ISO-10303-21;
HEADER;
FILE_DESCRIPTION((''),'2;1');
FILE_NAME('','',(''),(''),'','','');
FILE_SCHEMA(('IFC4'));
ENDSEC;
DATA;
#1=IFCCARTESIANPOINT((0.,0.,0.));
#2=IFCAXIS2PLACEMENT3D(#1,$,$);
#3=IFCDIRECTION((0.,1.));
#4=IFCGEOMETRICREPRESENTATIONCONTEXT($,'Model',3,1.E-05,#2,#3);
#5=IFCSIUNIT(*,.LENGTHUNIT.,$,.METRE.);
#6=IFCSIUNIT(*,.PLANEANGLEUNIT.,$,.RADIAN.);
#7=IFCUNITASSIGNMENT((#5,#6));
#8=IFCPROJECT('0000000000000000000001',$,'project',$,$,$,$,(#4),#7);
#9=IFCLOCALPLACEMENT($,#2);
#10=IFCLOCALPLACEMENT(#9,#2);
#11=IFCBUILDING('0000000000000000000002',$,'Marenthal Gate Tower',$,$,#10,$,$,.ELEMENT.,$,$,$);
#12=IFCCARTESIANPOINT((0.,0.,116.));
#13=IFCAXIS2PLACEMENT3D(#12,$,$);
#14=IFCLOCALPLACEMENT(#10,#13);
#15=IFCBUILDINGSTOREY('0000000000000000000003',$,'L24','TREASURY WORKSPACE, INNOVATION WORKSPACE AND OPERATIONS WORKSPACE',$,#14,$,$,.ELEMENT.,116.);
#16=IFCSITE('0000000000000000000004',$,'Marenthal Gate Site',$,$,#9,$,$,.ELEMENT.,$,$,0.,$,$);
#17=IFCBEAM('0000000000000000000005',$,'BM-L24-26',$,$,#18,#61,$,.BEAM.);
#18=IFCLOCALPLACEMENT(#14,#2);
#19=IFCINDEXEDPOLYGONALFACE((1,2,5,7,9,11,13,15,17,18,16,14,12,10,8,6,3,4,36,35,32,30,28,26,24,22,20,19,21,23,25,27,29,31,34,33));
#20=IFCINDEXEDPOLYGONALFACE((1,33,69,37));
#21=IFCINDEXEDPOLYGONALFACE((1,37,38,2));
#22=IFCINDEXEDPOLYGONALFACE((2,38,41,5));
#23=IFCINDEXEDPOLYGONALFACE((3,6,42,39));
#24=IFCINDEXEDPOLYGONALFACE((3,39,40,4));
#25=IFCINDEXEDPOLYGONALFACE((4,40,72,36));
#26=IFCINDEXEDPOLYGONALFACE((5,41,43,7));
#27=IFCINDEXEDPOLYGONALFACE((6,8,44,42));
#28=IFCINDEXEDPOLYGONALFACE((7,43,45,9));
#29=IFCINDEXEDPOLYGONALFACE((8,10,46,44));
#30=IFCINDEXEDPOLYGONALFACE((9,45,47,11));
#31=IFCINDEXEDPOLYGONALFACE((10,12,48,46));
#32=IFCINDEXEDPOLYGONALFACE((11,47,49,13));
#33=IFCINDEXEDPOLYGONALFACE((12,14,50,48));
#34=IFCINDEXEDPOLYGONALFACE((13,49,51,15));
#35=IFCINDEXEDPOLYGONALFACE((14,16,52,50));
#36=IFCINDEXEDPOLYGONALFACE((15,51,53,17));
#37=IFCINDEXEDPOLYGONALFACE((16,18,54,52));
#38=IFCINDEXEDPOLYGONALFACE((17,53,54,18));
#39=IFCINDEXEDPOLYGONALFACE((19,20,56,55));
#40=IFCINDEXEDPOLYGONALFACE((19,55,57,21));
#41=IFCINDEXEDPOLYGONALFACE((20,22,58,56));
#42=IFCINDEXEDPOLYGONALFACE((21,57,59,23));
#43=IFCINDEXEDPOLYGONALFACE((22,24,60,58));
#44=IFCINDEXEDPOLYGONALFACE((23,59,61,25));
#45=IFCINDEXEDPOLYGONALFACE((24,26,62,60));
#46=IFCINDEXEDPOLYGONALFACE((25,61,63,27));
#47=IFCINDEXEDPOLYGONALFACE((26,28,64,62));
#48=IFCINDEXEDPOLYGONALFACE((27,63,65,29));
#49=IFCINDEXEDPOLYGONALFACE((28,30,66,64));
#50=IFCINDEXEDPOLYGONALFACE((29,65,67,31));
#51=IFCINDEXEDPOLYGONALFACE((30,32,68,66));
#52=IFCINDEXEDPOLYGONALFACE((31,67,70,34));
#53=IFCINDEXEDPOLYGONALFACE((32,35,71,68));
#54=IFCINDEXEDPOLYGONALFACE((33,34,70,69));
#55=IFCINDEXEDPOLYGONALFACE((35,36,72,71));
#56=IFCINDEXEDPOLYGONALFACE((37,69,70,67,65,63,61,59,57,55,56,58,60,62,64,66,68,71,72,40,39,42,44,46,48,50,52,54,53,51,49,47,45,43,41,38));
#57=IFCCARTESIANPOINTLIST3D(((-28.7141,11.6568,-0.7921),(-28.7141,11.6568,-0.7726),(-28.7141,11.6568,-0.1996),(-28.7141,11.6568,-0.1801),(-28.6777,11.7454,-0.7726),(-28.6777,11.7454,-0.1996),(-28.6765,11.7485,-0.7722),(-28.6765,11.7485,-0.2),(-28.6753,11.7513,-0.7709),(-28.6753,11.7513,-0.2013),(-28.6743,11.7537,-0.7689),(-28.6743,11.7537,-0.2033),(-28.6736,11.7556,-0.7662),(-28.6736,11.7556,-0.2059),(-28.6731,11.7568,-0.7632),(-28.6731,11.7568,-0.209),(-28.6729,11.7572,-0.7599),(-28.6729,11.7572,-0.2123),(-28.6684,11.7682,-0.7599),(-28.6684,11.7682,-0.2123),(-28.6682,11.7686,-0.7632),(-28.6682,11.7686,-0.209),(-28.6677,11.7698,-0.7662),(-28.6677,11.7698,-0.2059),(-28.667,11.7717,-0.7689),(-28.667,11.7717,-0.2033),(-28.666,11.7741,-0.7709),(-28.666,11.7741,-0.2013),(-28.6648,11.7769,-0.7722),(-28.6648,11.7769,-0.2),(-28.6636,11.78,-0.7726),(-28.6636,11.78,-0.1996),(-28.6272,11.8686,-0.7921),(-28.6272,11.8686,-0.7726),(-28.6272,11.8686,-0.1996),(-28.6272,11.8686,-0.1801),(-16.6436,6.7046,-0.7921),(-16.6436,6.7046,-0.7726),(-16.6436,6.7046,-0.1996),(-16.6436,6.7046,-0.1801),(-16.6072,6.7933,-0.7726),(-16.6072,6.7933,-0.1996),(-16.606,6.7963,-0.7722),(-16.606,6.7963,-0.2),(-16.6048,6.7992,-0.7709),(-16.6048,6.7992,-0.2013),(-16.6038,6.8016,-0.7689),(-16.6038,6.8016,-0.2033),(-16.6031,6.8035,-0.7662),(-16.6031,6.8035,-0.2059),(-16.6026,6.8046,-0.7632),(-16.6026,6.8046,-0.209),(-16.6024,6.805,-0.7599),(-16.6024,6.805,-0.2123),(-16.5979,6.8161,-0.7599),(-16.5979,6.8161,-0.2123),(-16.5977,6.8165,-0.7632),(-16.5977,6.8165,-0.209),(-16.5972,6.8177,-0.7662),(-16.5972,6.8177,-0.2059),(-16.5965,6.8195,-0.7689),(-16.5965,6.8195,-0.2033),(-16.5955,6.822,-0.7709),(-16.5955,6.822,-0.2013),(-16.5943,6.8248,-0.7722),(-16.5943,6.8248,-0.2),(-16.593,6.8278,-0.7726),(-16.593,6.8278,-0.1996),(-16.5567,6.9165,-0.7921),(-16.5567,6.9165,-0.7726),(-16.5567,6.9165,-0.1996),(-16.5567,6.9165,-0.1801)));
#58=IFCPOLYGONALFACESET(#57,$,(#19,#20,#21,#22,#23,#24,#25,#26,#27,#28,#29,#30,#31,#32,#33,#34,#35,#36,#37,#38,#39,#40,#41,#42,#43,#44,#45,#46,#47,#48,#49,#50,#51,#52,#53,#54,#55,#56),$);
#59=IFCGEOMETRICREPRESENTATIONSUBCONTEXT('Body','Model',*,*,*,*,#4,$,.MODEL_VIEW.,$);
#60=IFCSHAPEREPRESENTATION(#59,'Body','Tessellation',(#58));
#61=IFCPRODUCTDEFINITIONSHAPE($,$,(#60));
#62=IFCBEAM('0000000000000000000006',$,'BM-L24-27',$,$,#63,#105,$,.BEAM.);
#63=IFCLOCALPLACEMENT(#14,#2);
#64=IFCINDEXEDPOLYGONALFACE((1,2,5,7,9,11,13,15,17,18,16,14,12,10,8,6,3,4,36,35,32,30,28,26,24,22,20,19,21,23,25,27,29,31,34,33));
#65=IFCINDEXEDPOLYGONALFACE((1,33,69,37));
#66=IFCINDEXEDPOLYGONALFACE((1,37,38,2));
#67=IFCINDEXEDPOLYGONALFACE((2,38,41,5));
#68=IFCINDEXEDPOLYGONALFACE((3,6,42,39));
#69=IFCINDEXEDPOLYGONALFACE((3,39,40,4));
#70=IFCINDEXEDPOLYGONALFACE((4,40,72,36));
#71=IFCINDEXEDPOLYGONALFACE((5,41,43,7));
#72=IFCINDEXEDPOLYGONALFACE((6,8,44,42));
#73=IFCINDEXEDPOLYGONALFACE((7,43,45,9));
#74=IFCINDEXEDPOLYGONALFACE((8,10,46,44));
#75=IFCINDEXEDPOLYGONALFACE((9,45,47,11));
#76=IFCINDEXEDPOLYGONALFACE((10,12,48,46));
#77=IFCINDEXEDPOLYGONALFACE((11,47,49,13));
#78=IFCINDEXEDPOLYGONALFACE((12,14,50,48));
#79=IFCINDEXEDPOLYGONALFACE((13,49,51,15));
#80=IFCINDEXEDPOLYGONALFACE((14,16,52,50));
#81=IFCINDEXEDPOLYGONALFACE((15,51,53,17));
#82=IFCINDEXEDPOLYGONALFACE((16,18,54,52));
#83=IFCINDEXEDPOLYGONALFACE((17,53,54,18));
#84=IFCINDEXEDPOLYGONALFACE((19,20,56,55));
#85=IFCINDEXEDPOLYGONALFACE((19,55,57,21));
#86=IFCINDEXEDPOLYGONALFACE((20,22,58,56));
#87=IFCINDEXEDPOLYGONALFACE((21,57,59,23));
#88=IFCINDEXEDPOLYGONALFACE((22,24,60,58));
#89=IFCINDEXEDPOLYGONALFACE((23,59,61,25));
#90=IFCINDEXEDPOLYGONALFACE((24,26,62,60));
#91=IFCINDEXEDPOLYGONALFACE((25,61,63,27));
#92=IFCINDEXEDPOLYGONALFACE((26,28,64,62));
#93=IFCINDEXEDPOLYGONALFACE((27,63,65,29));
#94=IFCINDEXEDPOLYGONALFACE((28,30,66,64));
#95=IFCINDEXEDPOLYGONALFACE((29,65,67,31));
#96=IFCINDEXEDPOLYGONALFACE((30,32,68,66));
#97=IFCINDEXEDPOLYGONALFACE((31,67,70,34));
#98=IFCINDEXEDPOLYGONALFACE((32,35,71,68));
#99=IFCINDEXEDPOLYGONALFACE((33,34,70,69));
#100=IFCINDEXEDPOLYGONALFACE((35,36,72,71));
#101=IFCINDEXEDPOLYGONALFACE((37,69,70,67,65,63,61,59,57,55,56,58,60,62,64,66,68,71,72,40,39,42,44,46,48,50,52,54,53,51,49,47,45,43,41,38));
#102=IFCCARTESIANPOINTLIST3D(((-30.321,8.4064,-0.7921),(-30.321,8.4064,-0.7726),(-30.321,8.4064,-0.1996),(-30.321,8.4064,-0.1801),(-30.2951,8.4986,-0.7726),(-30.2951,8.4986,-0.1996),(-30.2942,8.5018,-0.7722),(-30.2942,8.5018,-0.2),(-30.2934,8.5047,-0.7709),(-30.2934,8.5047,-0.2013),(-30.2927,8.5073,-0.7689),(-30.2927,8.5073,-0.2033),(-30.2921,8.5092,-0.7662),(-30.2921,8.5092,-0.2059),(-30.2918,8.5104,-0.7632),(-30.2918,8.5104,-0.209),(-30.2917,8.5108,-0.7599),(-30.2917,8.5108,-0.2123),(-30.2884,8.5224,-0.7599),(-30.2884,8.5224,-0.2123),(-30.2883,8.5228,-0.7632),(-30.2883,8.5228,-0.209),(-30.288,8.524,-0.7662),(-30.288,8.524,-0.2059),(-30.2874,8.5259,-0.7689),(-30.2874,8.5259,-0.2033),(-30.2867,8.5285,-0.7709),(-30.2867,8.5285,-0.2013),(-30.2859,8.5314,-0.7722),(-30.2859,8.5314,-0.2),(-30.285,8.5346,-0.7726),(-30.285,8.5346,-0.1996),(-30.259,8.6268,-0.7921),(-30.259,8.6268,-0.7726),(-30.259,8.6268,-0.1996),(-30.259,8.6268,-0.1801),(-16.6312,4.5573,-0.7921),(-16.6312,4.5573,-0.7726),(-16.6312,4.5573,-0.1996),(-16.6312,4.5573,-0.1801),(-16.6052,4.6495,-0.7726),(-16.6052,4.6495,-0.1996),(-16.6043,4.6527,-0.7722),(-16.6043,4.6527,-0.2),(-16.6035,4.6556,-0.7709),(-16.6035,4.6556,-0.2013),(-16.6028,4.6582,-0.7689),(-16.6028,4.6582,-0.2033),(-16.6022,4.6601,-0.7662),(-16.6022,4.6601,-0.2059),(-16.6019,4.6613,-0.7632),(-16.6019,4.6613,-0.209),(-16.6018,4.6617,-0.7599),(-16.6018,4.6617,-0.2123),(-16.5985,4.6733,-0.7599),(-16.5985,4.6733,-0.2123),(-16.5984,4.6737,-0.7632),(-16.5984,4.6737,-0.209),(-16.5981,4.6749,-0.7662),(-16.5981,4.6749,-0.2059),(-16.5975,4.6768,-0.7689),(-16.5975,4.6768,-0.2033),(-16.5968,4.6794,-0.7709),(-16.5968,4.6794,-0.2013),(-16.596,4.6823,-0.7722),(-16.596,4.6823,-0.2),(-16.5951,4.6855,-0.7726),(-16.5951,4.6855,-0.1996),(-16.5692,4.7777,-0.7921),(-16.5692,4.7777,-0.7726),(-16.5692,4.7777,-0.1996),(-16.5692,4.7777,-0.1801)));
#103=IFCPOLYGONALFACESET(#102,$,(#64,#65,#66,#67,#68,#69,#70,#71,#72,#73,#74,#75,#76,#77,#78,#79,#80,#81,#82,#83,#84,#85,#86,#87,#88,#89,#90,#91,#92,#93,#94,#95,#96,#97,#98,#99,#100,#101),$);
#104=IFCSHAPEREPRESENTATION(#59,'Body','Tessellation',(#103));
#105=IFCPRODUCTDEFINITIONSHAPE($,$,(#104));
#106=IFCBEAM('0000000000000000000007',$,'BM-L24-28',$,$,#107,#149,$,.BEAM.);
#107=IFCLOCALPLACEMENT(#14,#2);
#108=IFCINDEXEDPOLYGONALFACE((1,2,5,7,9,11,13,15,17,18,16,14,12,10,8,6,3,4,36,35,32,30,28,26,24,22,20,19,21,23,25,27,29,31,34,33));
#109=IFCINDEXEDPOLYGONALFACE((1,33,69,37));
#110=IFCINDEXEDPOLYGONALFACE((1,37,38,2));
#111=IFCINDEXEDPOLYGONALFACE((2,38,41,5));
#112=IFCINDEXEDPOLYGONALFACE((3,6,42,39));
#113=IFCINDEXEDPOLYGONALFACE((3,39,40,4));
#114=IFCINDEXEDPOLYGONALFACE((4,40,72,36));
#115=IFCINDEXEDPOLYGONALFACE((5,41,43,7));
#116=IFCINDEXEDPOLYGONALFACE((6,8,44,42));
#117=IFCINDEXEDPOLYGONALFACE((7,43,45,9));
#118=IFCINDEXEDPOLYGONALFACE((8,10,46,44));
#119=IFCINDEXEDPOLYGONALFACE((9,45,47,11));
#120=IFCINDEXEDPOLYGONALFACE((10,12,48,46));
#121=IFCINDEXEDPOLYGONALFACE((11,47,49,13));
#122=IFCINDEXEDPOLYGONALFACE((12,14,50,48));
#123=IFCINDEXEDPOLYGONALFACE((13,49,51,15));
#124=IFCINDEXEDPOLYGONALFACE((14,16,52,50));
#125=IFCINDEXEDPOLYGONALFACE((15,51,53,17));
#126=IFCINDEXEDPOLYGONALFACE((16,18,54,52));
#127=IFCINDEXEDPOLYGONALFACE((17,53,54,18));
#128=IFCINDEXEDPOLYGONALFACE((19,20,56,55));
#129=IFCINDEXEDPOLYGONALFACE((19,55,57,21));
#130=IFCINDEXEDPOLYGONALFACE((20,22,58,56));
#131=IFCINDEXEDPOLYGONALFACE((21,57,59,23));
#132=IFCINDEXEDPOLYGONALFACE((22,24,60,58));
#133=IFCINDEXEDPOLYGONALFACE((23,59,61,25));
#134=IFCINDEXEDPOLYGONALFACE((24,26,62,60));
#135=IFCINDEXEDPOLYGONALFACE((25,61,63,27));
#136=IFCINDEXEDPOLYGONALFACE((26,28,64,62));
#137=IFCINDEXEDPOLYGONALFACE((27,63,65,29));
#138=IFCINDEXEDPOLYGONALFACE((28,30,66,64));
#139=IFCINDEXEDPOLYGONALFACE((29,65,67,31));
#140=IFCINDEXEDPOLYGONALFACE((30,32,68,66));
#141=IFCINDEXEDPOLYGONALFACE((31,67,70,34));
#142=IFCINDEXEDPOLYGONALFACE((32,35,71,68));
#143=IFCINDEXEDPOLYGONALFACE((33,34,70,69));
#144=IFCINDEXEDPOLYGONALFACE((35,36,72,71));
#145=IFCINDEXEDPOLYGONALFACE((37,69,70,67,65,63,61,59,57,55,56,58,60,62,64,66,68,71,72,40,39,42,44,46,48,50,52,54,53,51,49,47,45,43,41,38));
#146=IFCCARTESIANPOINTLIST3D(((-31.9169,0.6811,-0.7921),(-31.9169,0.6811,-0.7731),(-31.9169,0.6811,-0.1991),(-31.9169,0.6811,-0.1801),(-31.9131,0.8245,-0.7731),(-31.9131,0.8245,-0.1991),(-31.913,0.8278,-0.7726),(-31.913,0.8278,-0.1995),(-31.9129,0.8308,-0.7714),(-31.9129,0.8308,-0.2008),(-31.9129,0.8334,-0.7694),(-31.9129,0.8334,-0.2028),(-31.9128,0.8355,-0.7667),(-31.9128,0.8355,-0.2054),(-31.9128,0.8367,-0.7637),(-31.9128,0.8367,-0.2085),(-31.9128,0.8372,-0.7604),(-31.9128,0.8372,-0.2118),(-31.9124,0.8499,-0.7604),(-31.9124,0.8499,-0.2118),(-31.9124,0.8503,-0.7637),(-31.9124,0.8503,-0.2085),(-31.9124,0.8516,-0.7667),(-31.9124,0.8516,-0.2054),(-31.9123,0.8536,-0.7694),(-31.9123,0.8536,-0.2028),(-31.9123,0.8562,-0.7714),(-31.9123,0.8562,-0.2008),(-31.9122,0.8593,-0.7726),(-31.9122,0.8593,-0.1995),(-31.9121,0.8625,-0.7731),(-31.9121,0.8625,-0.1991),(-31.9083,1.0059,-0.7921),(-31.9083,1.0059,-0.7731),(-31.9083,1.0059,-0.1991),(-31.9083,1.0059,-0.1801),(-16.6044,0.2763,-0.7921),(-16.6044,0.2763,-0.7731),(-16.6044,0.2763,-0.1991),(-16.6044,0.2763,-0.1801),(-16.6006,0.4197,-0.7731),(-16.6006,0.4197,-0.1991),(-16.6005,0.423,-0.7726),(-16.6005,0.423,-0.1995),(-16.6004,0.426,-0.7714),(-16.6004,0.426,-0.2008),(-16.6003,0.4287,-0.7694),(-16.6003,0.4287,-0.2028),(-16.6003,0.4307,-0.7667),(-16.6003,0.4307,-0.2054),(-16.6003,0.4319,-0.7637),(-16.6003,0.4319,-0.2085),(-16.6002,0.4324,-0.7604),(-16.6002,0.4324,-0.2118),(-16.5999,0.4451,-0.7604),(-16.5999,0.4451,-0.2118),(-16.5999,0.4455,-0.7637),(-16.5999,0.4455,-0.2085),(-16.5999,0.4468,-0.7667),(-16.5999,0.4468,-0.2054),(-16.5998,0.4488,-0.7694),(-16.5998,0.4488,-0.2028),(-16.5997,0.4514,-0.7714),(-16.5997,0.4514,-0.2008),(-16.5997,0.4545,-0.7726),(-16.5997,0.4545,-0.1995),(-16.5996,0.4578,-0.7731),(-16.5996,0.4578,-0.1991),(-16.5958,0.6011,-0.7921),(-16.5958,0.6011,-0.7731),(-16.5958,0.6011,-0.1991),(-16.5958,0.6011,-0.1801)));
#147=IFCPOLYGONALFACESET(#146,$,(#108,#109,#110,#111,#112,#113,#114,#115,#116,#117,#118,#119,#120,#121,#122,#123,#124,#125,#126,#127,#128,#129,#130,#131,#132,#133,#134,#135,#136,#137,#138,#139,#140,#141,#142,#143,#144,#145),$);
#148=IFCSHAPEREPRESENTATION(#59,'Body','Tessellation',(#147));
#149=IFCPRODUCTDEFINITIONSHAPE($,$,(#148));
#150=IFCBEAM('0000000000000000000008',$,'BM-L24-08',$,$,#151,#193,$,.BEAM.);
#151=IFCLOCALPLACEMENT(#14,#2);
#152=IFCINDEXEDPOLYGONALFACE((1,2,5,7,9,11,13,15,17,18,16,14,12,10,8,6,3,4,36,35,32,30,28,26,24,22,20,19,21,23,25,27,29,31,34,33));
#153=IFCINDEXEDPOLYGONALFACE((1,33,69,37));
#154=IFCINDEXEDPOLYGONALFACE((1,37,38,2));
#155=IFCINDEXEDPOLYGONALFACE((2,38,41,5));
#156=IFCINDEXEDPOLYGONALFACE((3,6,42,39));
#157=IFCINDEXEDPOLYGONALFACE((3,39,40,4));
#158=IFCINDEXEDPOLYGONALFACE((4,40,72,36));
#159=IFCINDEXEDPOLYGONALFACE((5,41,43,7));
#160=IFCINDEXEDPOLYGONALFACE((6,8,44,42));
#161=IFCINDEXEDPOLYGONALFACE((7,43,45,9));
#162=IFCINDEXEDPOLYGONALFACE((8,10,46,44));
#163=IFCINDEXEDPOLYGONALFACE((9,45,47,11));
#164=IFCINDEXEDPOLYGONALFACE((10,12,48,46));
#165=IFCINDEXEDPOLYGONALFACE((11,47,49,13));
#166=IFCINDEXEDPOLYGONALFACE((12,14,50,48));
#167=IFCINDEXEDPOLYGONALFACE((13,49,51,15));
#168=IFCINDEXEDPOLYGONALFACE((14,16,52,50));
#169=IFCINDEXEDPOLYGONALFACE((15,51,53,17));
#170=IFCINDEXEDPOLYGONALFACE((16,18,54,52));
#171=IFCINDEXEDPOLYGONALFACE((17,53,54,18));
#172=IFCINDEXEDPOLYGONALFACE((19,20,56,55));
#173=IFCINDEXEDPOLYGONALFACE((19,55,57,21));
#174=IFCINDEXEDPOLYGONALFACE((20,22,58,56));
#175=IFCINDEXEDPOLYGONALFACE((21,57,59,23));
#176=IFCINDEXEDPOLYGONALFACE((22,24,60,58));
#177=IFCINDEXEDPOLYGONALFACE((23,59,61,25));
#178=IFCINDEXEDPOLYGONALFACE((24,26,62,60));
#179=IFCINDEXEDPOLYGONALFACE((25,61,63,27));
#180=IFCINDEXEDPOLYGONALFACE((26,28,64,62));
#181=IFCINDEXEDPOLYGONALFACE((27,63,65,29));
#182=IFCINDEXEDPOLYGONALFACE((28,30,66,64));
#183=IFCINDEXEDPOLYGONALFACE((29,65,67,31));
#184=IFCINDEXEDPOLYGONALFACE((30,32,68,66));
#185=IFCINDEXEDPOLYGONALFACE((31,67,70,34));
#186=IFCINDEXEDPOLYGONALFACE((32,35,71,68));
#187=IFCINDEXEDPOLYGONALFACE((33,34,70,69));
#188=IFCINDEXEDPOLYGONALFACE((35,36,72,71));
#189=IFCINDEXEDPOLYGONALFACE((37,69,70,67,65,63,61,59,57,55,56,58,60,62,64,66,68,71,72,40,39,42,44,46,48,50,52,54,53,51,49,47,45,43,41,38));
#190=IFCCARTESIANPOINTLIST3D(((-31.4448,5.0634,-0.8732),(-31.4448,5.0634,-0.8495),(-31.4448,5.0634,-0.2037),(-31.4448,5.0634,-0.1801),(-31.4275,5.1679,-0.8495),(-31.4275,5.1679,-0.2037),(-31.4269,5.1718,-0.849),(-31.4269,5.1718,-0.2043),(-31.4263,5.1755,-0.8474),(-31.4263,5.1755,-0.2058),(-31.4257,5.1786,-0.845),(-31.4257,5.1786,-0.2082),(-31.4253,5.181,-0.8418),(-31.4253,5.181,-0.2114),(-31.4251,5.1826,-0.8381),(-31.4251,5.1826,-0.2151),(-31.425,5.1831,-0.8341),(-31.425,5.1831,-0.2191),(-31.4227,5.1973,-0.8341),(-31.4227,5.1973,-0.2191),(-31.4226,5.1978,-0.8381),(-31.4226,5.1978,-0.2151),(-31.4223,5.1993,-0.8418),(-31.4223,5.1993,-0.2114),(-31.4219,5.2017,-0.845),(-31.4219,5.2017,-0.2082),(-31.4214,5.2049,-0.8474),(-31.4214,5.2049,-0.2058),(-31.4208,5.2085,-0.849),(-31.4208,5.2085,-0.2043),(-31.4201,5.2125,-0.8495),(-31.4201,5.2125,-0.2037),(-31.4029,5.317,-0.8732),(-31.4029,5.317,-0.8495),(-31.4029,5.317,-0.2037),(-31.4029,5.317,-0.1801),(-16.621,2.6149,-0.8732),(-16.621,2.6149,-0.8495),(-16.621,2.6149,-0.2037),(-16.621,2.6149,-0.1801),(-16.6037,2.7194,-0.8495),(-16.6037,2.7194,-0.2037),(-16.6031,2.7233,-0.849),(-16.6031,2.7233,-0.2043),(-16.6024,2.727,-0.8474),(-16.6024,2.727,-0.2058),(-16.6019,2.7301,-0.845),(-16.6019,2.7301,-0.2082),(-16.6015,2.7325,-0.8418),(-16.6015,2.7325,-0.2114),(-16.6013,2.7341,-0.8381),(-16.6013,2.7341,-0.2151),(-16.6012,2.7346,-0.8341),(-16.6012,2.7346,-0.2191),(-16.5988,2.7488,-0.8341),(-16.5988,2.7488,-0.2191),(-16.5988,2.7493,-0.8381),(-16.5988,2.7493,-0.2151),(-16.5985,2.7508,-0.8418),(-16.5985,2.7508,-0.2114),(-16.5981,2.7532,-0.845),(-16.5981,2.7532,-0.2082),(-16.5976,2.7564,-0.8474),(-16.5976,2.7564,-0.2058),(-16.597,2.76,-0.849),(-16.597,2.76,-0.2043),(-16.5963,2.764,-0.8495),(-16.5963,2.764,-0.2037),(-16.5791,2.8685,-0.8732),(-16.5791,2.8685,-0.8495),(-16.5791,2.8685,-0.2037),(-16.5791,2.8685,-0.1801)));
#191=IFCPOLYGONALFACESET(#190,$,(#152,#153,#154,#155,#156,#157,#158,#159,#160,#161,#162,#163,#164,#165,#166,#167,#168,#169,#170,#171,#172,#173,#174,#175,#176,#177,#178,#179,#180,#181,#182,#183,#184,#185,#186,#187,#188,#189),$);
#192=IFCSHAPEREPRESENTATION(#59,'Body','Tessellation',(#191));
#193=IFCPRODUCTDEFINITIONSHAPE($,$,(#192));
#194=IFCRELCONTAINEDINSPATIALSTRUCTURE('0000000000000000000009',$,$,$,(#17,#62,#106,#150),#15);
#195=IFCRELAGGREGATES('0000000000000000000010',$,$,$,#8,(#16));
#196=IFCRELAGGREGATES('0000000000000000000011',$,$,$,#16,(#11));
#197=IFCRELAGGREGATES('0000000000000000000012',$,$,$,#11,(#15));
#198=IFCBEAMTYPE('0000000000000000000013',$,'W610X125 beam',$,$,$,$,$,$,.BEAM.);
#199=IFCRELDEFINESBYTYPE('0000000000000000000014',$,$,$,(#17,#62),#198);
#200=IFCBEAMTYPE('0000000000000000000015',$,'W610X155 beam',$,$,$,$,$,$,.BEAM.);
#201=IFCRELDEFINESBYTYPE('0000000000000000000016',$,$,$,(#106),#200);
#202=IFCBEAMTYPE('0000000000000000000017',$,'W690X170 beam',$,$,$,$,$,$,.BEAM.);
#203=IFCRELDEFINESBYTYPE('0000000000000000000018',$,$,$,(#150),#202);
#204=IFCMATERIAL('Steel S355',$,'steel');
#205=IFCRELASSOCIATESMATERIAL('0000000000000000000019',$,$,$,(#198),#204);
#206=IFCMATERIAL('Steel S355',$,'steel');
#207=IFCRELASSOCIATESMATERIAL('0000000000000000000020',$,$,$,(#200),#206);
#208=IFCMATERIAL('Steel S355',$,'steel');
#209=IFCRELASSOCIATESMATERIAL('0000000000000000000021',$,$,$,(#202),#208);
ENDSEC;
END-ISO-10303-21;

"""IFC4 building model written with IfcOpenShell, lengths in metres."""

from ifc_helpers import new_model, si_unit, direction, frame, origin, origin_2d, place, context, subcontext, project, spatial, i_section, extrude, material, material_profile, profile_set, type_object, element, save


model = new_model("IFC4")

# Units and contexts
model_context = context("Model", 3, precision=1e-05, world=origin(), true_north=direction((0.0, 1.0)))
body_context = subcontext(model_context, "Body", "Model", "MODEL_VIEW")
ifc_project = project(units=[si_unit("LENGTHUNIT", "METRE"), si_unit("PLANEANGLEUNIT", "RADIAN")], contexts=[model_context])

# Site, building, storey
site_placement = place(None, origin())
site = spatial("IfcSite", under=ifc_project, at=site_placement, Name="Marenthal Gate Site", CompositionType="ELEMENT", RefElevation=0.0)
building_placement = place(site_placement, origin())
building = spatial("IfcBuilding", under=site, at=building_placement, Name="Marenthal Gate Tower", CompositionType="ELEMENT")
storey_placement = place(building_placement, frame((0.0, 0.0, 116.0)))
storey = spatial("IfcBuildingStorey", under=building, at=storey_placement, Name="L24", Description="TREASURY WORKSPACE, INNOVATION WORKSPACE AND OPERATIONS WORKSPACE", CompositionType="ELEMENT", Elevation=116.0)

# Beams
ifc_material_1 = material(Name="Steel S355", Category="steel")
ifc_material_profile_1 = material_profile(ifc_material_1, i_section(OverallWidth=0.229, OverallDepth=0.6121, WebThickness=0.012, FlangeThickness=0.0195, FilletRadius=0.0127, at=origin_2d()), Name="W610X125")
ifc_profile_set_1 = profile_set([ifc_material_profile_1], Name="Steel S355")
beam_type_1 = type_object("IfcBeamType", Name="W610X125 beam", PredefinedType="BEAM", material=ifc_profile_set_1)
beam_1_placement = place(storey_placement, frame((-28.6707, 11.7627, -0.4861), z_axis=(0.925165, -0.379565, 0.0), x_axis=(0.379565, 0.925165, 0.0)))
element("IfcBeam", 1, at=beam_1_placement, inside=storey, type_object=beam_type_1, Name="BM-L24-26", PredefinedType="BEAM", context=body_context, shape_type="SweptSolid", body=[
    extrude(i_section(OverallWidth=0.229, OverallDepth=0.6121, WebThickness=0.012, FlangeThickness=0.0195, FilletRadius=0.0127, at=origin_2d()), origin(), (0.0, 0.0, 1.0), 13.0469),
])
beam_2_placement = place(storey_placement, frame((-30.29, 8.5166, -0.4861), z_axis=(0.962672, -0.270669, 0.0), x_axis=(0.270669, 0.962672, 0.0)))
element("IfcBeam", 2, at=beam_2_placement, inside=storey, type_object=beam_type_1, Name="BM-L24-27", PredefinedType="BEAM", context=body_context, shape_type="SweptSolid", body=[
    extrude(i_section(OverallWidth=0.229, OverallDepth=0.6121, WebThickness=0.012, FlangeThickness=0.0195, FilletRadius=0.0127, at=origin_2d()), origin(), (0.0, 0.0, 1.0), 14.2207),
])
ifc_material_2 = material(Name="Steel S355", Category="steel")
ifc_material_profile_2 = material_profile(ifc_material_2, i_section(OverallWidth=0.325, OverallDepth=0.6121, WebThickness=0.0127, FlangeThickness=0.019, FilletRadius=0.0127, at=origin_2d()), Name="W610X155")
ifc_profile_set_2 = profile_set([ifc_material_profile_2], Name="Steel S355")
beam_type_2 = type_object("IfcBeamType", Name="W610X155 beam", PredefinedType="BEAM", material=ifc_profile_set_2)
beam_3_placement = place(storey_placement, frame((-31.9126, 0.8435, -0.4861), z_axis=(0.999651, -0.026426, 0.0), x_axis=(0.026426, 0.999651, 0.0)))
element("IfcBeam", 3, at=beam_3_placement, inside=storey, type_object=beam_type_2, Name="BM-L24-28", PredefinedType="BEAM", context=body_context, shape_type="SweptSolid", body=[
    extrude(i_section(OverallWidth=0.325, OverallDepth=0.6121, WebThickness=0.0127, FlangeThickness=0.019, FilletRadius=0.0127, at=origin_2d()), origin(), (0.0, 0.0, 1.0), 15.3179),
])
ifc_material_3 = material(Name="Steel S355", Category="steel")
ifc_material_profile_3 = material_profile(ifc_material_3, i_section(OverallWidth=0.2571, OverallDepth=0.6931, WebThickness=0.0144, FlangeThickness=0.0237, FilletRadius=0.0154, at=origin_2d()), Name="W690X170")
ifc_profile_set_3 = profile_set([ifc_material_profile_3], Name="Steel S355")
beam_type_3 = type_object("IfcBeamType", Name="W690X170 beam", PredefinedType="BEAM", material=ifc_profile_set_3)
beam_4_placement = place(storey_placement, frame((-31.4238, 5.1902, -0.5266), z_axis=(0.986632, -0.162965, 0.0), x_axis=(0.162965, 0.986632, 0.0)))
element("IfcBeam", 4, at=beam_4_placement, inside=storey, type_object=beam_type_3, Name="BM-L24-08", PredefinedType="BEAM", context=body_context, shape_type="SweptSolid", body=[
    extrude(i_section(OverallWidth=0.2571, OverallDepth=0.6931, WebThickness=0.0144, FlangeThickness=0.0237, FilletRadius=0.0154, at=origin_2d()), origin(), (0.0, 0.0, 1.0), 15.0247),
])

save(model, "model.ifc")
